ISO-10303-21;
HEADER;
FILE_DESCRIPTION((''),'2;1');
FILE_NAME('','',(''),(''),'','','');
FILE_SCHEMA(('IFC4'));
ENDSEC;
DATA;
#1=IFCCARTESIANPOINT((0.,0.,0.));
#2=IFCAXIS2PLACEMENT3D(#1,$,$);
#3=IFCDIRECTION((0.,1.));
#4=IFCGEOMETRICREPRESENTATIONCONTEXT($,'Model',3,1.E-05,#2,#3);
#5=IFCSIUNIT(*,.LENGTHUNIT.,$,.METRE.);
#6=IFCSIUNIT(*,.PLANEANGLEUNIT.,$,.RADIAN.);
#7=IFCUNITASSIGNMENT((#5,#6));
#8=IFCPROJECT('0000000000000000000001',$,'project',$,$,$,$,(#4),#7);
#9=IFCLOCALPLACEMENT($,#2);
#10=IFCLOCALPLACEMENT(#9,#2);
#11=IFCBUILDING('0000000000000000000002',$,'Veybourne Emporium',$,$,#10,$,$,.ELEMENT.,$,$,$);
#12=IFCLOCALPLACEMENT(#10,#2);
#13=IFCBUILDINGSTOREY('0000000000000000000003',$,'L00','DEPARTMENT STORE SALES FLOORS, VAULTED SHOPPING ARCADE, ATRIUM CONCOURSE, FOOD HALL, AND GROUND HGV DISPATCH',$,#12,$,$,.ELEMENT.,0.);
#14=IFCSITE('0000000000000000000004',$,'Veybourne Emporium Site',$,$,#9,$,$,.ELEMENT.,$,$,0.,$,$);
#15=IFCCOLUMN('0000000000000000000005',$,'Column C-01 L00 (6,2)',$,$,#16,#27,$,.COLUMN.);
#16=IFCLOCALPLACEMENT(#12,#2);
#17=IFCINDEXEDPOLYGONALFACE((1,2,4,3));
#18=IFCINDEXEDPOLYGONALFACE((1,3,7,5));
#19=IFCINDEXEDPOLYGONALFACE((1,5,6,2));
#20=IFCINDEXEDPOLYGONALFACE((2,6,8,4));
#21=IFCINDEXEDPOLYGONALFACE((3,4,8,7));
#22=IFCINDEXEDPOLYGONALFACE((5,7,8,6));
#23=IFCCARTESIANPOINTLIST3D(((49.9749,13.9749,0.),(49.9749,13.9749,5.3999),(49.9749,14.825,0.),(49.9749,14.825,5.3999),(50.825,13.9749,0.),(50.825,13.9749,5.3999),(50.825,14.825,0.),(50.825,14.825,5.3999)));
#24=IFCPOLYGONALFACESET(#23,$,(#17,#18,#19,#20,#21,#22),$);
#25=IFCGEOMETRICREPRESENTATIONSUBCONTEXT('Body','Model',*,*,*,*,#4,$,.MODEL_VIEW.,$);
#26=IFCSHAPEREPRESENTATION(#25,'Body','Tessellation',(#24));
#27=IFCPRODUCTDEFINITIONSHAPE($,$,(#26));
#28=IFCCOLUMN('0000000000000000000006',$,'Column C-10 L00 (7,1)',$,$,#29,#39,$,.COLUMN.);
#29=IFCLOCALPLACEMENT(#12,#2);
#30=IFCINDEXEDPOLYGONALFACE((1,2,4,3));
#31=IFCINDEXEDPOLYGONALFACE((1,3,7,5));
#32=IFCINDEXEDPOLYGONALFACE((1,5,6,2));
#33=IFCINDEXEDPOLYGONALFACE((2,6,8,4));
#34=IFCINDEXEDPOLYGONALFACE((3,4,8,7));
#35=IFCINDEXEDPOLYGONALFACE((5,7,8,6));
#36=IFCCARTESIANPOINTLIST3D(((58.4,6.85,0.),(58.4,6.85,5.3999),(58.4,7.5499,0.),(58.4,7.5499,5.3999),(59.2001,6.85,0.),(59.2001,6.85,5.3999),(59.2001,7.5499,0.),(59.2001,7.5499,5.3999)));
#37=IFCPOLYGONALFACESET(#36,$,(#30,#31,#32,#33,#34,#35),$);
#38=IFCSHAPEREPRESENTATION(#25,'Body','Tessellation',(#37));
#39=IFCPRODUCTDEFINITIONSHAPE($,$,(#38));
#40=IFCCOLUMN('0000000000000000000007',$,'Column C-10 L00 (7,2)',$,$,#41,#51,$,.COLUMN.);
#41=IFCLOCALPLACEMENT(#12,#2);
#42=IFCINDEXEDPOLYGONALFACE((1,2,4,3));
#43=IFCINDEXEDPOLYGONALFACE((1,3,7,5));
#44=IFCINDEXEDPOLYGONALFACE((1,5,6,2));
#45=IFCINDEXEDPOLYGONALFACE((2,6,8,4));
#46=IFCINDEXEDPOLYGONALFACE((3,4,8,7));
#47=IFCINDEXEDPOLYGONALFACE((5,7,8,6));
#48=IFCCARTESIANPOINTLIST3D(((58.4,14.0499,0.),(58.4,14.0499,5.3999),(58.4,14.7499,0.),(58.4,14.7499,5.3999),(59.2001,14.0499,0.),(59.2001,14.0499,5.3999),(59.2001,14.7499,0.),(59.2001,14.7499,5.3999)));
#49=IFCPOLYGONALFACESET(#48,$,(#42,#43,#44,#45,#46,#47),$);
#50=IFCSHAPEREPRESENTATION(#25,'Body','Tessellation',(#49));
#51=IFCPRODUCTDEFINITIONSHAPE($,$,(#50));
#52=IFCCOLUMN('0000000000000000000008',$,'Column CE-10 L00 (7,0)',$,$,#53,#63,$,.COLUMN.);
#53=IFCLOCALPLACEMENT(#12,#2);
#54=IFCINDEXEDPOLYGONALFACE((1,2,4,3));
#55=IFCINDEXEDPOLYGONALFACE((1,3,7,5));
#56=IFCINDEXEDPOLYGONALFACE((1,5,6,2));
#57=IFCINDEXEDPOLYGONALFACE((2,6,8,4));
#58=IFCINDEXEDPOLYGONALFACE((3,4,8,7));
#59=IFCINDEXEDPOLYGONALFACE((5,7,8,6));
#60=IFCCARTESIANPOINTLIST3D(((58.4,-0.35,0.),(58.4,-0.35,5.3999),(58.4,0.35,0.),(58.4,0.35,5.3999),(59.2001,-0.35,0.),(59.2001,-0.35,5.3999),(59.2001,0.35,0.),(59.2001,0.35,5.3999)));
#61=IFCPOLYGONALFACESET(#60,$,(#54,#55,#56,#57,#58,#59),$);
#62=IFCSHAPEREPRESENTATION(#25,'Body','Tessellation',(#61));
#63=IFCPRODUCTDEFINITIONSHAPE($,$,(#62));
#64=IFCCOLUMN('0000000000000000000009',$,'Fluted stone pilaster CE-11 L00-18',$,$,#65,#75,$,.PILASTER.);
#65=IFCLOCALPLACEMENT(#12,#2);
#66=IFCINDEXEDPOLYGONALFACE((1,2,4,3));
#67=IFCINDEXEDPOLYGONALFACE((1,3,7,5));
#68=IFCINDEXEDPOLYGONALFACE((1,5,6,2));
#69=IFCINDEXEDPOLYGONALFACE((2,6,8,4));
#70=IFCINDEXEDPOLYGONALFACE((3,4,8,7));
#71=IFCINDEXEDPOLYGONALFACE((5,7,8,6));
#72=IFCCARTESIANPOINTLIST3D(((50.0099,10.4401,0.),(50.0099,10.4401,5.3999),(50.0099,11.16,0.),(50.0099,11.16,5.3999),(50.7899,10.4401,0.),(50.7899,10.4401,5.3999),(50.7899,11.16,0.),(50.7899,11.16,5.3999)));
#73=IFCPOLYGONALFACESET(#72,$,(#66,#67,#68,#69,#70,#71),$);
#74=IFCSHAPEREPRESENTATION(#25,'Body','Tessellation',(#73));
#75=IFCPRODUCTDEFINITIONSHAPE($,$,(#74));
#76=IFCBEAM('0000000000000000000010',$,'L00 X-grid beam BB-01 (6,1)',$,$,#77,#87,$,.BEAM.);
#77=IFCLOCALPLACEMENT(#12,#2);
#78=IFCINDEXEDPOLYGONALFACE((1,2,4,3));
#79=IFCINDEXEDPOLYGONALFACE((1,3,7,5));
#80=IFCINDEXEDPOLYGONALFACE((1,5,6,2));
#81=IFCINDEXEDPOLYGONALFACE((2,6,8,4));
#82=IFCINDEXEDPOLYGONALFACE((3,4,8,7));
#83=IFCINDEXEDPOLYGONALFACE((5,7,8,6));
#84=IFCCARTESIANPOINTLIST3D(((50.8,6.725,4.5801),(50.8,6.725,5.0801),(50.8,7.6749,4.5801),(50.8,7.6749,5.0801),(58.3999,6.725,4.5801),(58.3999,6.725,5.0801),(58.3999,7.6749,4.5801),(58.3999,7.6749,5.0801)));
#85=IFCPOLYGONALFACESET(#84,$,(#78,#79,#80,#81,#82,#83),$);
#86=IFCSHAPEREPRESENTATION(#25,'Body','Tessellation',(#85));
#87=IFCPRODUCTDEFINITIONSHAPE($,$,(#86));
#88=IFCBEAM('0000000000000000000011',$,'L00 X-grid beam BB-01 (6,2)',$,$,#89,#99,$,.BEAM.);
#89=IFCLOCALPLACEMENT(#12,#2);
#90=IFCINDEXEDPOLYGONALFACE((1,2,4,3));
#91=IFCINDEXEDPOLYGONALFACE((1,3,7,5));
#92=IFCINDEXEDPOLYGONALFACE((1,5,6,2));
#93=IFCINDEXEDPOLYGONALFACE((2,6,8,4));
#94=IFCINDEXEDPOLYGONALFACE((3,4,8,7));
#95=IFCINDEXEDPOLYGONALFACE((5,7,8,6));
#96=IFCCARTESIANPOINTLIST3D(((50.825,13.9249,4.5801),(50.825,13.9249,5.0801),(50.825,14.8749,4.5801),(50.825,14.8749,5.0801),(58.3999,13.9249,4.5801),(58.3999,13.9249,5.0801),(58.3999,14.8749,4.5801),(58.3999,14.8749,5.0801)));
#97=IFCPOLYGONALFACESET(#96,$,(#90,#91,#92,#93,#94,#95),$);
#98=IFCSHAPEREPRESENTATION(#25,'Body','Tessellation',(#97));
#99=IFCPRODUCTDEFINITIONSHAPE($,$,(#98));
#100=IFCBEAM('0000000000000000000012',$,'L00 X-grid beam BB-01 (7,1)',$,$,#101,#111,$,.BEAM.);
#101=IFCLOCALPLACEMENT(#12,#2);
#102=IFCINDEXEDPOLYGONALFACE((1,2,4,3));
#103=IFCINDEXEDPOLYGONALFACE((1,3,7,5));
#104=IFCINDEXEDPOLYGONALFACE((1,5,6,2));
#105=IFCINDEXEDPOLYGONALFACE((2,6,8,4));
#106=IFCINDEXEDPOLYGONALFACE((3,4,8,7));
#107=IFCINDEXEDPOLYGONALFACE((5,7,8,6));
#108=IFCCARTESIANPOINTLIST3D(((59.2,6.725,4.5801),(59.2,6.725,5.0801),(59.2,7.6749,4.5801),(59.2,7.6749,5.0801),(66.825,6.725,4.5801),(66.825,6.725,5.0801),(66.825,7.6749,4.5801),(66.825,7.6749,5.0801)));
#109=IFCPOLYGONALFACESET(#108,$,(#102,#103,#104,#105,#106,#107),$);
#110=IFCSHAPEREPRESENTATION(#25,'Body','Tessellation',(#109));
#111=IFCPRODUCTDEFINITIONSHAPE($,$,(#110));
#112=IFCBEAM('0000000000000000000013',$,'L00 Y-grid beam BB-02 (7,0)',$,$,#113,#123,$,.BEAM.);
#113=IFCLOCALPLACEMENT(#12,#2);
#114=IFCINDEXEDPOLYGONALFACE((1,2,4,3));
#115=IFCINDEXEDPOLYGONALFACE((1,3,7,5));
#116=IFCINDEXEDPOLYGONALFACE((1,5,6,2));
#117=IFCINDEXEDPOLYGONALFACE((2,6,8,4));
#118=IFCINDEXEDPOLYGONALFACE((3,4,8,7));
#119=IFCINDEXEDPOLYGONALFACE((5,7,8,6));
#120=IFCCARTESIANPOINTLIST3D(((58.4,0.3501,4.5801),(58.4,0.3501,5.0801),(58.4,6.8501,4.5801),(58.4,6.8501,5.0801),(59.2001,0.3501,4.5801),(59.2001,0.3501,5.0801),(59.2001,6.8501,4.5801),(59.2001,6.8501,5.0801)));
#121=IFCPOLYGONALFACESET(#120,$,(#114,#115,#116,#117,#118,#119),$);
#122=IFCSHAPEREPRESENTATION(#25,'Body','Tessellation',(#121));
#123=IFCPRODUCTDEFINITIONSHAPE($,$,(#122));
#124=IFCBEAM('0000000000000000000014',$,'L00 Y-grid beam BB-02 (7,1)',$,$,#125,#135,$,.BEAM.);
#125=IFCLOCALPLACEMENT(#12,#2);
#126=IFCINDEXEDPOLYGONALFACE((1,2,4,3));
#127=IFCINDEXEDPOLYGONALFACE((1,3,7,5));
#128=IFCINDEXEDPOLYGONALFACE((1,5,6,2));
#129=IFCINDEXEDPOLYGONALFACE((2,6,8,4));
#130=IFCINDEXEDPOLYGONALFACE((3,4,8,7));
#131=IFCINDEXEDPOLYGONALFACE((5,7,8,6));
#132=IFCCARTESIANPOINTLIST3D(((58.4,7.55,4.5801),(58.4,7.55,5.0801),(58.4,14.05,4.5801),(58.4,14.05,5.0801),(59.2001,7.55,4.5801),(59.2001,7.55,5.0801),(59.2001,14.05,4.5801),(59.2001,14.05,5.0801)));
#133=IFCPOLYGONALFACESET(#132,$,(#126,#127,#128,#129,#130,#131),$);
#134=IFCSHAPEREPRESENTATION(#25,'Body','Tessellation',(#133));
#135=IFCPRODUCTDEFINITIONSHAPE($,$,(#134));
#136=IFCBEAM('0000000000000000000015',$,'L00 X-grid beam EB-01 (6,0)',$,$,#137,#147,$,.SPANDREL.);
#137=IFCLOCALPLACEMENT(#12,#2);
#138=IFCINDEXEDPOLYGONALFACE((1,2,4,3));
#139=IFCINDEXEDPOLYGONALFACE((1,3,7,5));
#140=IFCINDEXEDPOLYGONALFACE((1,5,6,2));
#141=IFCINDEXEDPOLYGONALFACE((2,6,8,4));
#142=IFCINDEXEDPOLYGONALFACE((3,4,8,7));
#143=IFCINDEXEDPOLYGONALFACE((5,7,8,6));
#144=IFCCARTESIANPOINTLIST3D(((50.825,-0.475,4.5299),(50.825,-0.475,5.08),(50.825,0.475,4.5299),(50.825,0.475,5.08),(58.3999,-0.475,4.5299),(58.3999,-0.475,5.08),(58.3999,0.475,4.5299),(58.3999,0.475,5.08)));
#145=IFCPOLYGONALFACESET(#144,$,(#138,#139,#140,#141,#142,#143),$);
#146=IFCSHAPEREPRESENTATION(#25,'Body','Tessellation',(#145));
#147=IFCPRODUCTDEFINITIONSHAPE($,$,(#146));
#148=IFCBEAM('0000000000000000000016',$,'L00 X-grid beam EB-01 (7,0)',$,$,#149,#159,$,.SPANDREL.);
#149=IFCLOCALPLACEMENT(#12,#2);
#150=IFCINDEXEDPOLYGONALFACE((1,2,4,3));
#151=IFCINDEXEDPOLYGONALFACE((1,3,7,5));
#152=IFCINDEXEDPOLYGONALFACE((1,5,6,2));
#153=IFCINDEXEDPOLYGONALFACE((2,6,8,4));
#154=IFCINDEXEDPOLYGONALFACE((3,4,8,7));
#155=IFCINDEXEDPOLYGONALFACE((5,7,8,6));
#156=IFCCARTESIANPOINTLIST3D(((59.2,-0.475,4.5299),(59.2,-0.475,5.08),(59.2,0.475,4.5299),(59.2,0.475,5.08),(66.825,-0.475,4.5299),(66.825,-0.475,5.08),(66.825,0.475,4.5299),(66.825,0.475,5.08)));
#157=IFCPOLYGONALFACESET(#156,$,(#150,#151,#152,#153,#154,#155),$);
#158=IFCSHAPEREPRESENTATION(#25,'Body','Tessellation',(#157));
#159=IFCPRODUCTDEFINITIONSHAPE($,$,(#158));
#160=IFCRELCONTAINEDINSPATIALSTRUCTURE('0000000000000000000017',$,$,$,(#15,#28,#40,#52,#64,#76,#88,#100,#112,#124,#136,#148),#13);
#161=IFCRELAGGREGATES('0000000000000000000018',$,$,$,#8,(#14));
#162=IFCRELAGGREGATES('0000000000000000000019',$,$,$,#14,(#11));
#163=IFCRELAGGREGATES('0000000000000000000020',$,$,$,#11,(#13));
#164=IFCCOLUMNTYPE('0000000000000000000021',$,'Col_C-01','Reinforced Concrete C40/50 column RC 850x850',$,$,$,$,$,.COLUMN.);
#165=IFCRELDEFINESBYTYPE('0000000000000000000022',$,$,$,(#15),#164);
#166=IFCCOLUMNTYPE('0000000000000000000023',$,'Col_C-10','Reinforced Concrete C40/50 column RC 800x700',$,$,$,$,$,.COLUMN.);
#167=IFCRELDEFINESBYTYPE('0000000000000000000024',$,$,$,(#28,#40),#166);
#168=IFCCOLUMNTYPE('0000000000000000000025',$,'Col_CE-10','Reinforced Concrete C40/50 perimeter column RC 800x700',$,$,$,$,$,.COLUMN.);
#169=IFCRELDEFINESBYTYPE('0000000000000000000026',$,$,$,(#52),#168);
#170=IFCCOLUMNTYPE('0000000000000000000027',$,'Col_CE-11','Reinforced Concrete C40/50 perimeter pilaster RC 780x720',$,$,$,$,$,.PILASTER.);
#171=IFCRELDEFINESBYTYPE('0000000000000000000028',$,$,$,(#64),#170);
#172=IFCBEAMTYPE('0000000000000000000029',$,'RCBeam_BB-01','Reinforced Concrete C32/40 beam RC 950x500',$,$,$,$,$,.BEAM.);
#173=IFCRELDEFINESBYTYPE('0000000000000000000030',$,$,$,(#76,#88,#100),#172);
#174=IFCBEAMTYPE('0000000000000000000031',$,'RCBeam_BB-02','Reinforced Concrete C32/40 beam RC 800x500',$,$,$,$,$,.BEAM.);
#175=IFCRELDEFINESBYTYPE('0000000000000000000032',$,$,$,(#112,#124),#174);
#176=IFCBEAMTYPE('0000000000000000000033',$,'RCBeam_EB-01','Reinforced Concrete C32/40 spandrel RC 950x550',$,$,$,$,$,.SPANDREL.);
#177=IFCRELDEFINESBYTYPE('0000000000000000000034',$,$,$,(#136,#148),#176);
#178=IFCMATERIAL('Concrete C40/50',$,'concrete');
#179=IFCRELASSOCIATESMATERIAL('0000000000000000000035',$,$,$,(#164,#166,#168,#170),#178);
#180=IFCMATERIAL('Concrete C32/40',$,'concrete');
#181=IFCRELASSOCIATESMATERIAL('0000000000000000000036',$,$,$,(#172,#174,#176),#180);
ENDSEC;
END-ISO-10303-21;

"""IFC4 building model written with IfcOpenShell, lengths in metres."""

from ifc_helpers import new_model, si_unit, direction, frame, origin, origin_2d, place, context, subcontext, project, spatial, rectangle, extrude, material, material_profile, profile_set, type_object, element, save


model = new_model("IFC4")

# Units and contexts
model_context = context("Model", 3, precision=1e-05, world=origin(), true_north=direction((0.0, 1.0)))
body_context = subcontext(model_context, "Body", "Model", "MODEL_VIEW")
ifc_project = project(units=[si_unit("LENGTHUNIT", "METRE"), si_unit("PLANEANGLEUNIT", "RADIAN")], contexts=[model_context])

# Site, building, storey
site_placement = place(None, origin())
site = spatial("IfcSite", under=ifc_project, at=site_placement, Name="Veybourne Emporium Site", CompositionType="ELEMENT", RefElevation=0.0)
building_placement = place(site_placement, origin())
building = spatial("IfcBuilding", under=site, at=building_placement, Name="Veybourne Emporium", CompositionType="ELEMENT")
storey_placement = place(building_placement, origin())
storey = spatial("IfcBuildingStorey", under=building, at=storey_placement, Name="L00", Description="DEPARTMENT STORE SALES FLOORS, VAULTED SHOPPING ARCADE, ATRIUM CONCOURSE, FOOD HALL, AND GROUND HGV DISPATCH", CompositionType="ELEMENT", Elevation=0.0)

# Columns
ifc_material_1 = material(Name="Concrete C40/50", Category="concrete")
ifc_material_profile_1 = material_profile(ifc_material_1, rectangle(XDim=0.8501, YDim=0.8501, at=origin_2d()), Name="RC 850x850")
ifc_profile_set_1 = profile_set([ifc_material_profile_1], Name="Concrete C40/50")
column_type_1 = type_object("IfcColumnType", Name="Col_C-01", Description="Reinforced Concrete C40/50 column RC 850x850", PredefinedType="COLUMN", material=ifc_profile_set_1)
column_1_placement = place(storey_placement, frame((50.3999, 14.3999, 0.0), z_axis=(0.0, 0.0, 1.0), x_axis=(1.0, 0.0, 0.0)))
element("IfcColumn", 1, at=column_1_placement, inside=storey, type_object=column_type_1, Name="Column C-01 L00 (6,2)", PredefinedType="COLUMN", context=body_context, shape_type="SweptSolid", body=[
    extrude(rectangle(XDim=0.8501, YDim=0.8501, at=origin_2d()), origin(), (0.0, 0.0, 1.0), 5.3999),
])
ifc_material_profile_2 = material_profile(ifc_material_1, rectangle(XDim=0.8, YDim=0.7, at=origin_2d()), Name="RC 800x700")
ifc_profile_set_2 = profile_set([ifc_material_profile_2], Name="Concrete C40/50")
column_type_2 = type_object("IfcColumnType", Name="Col_C-10", Description="Reinforced Concrete C40/50 column RC 800x700", PredefinedType="COLUMN", material=ifc_profile_set_2)
for number, where, z_axis, x_axis, name in (
    (2, (58.8, 7.2, 0.0), (0.0, 0.0, 1.0), (1.0, 0.0, 0.0), "Column C-10 L00 (7,1)"),
    (3, (58.8, 14.3999, 0.0), (0.0, 0.0, 1.0), (1.0, 0.0, 0.0), "Column C-10 L00 (7,2)"),
):
    element("IfcColumn", number, at=place(storey_placement, frame(where, z_axis=z_axis, x_axis=x_axis)), inside=storey, type_object=column_type_2, Name=name, PredefinedType="COLUMN", context=body_context, shape_type="SweptSolid", body=[
        extrude(rectangle(XDim=0.8, YDim=0.7, at=origin_2d()), origin(), (0.0, 0.0, 1.0), 5.3999),
    ])
ifc_material_profile_3 = material_profile(ifc_material_1, rectangle(XDim=0.8, YDim=0.7, at=origin_2d()), Name="RC 800x700")
ifc_profile_set_3 = profile_set([ifc_material_profile_3], Name="Concrete C40/50")
column_type_3 = type_object("IfcColumnType", Name="Col_CE-10", Description="Reinforced Concrete C40/50 perimeter column RC 800x700", PredefinedType="COLUMN", material=ifc_profile_set_3)
column_2_placement = place(storey_placement, frame((58.8, 0.0, 0.0), z_axis=(0.0, 0.0, 1.0), x_axis=(1.0, 0.0, 0.0)))
element("IfcColumn", 4, at=column_2_placement, inside=storey, type_object=column_type_3, Name="Column CE-10 L00 (7,0)", PredefinedType="COLUMN", context=body_context, shape_type="SweptSolid", body=[
    extrude(rectangle(XDim=0.8, YDim=0.7, at=origin_2d()), origin(), (0.0, 0.0, 1.0), 5.3999),
])
ifc_material_profile_4 = material_profile(ifc_material_1, rectangle(XDim=0.78, YDim=0.72, at=origin_2d()), Name="RC 780x720")
ifc_profile_set_4 = profile_set([ifc_material_profile_4], Name="Concrete C40/50")
column_type_4 = type_object("IfcColumnType", Name="Col_CE-11", Description="Reinforced Concrete C40/50 perimeter pilaster RC 780x720", PredefinedType="PILASTER", material=ifc_profile_set_4)
column_3_placement = place(storey_placement, frame((50.3999, 10.8, 0.0), z_axis=(0.0, 0.0, 1.0), x_axis=(1.0, 0.0, 0.0)))
element("IfcColumn", 5, at=column_3_placement, inside=storey, type_object=column_type_4, Name="Fluted stone pilaster CE-11 L00-18", PredefinedType="PILASTER", context=body_context, shape_type="SweptSolid", body=[
    extrude(rectangle(XDim=0.78, YDim=0.72, at=origin_2d()), origin(), (0.0, 0.0, 1.0), 5.3999),
])

# Beams
ifc_material_2 = material(Name="Concrete C32/40", Category="concrete")
ifc_material_profile_5 = material_profile(ifc_material_2, rectangle(XDim=0.95, YDim=0.5, at=origin_2d()), Name="RC 950x500")
ifc_profile_set_5 = profile_set([ifc_material_profile_5], Name="Concrete C32/40")
beam_type_1 = type_object("IfcBeamType", Name="RCBeam_BB-01", Description="Reinforced Concrete C32/40 beam RC 950x500", PredefinedType="BEAM", material=ifc_profile_set_5)
beam_1_placement = place(storey_placement, frame((50.8, 7.2, 4.8301), z_axis=(1.0, 0.0, 0.0), x_axis=(0.0, 1.0, 0.0)))
element("IfcBeam", 6, at=beam_1_placement, inside=storey, type_object=beam_type_1, Name="L00 X-grid beam BB-01 (6,1)", PredefinedType="BEAM", context=body_context, shape_type="SweptSolid", body=[
    extrude(rectangle(XDim=0.95, YDim=0.5, at=origin_2d()), origin(), (0.0, 0.0, 1.0), 7.5999),
])
beam_2_placement = place(storey_placement, frame((50.825, 14.3999, 4.8301), z_axis=(1.0, 0.0, 0.0), x_axis=(0.0, 1.0, 0.0)))
element("IfcBeam", 7, at=beam_2_placement, inside=storey, type_object=beam_type_1, Name="L00 X-grid beam BB-01 (6,2)", PredefinedType="BEAM", context=body_context, shape_type="SweptSolid", body=[
    extrude(rectangle(XDim=0.95, YDim=0.5, at=origin_2d()), origin(), (0.0, 0.0, 1.0), 7.575),
])
beam_3_placement = place(storey_placement, frame((59.2, 7.2, 4.8301), z_axis=(1.0, 0.0, 0.0), x_axis=(0.0, 1.0, 0.0)))
element("IfcBeam", 8, at=beam_3_placement, inside=storey, type_object=beam_type_1, Name="L00 X-grid beam BB-01 (7,1)", PredefinedType="BEAM", context=body_context, shape_type="SweptSolid", body=[
    extrude(rectangle(XDim=0.95, YDim=0.5, at=origin_2d()), origin(), (0.0, 0.0, 1.0), 7.625),
])
ifc_material_profile_6 = material_profile(ifc_material_2, rectangle(XDim=0.8, YDim=0.5, at=origin_2d()), Name="RC 800x500")
ifc_profile_set_6 = profile_set([ifc_material_profile_6], Name="Concrete C32/40")
beam_type_2 = type_object("IfcBeamType", Name="RCBeam_BB-02", Description="Reinforced Concrete C32/40 beam RC 800x500", PredefinedType="BEAM", material=ifc_profile_set_6)
for number, where, z_axis, x_axis, name in (
    (9, (58.8, 0.3501, 4.8301), (0.0, 1.0, 0.0), (-1.0, 0.0, 0.0), "L00 Y-grid beam BB-02 (7,0)"),
    (10, (58.8, 7.55, 4.8301), (0.0, 1.0, 0.0), (-1.0, 0.0, 0.0), "L00 Y-grid beam BB-02 (7,1)"),
):
    element("IfcBeam", number, at=place(storey_placement, frame(where, z_axis=z_axis, x_axis=x_axis)), inside=storey, type_object=beam_type_2, Name=name, PredefinedType="BEAM", context=body_context, shape_type="SweptSolid", body=[
        extrude(rectangle(XDim=0.8, YDim=0.5, at=origin_2d()), origin(), (0.0, 0.0, 1.0), 6.5),
    ])
ifc_material_profile_7 = material_profile(ifc_material_2, rectangle(XDim=0.95, YDim=0.55, at=origin_2d()), Name="RC 950x550")
ifc_profile_set_7 = profile_set([ifc_material_profile_7], Name="Concrete C32/40")
beam_type_3 = type_object("IfcBeamType", Name="RCBeam_EB-01", Description="Reinforced Concrete C32/40 spandrel RC 950x550", PredefinedType="SPANDREL", material=ifc_profile_set_7)
beam_4_placement = place(storey_placement, frame((50.825, 0.0, 4.8049), z_axis=(1.0, 0.0, 0.0), x_axis=(0.0, 1.0, 0.0)))
element("IfcBeam", 11, at=beam_4_placement, inside=storey, type_object=beam_type_3, Name="L00 X-grid beam EB-01 (6,0)", PredefinedType="SPANDREL", context=body_context, shape_type="SweptSolid", body=[
    extrude(rectangle(XDim=0.95, YDim=0.55, at=origin_2d()), origin(), (0.0, 0.0, 1.0), 7.575),
])
beam_5_placement = place(storey_placement, frame((59.2, 0.0, 4.8049), z_axis=(1.0, 0.0, 0.0), x_axis=(0.0, 1.0, 0.0)))
element("IfcBeam", 12, at=beam_5_placement, inside=storey, type_object=beam_type_3, Name="L00 X-grid beam EB-01 (7,0)", PredefinedType="SPANDREL", context=body_context, shape_type="SweptSolid", body=[
    extrude(rectangle(XDim=0.95, YDim=0.55, at=origin_2d()), origin(), (0.0, 0.0, 1.0), 7.625),
])

save(model, "model.ifc")
